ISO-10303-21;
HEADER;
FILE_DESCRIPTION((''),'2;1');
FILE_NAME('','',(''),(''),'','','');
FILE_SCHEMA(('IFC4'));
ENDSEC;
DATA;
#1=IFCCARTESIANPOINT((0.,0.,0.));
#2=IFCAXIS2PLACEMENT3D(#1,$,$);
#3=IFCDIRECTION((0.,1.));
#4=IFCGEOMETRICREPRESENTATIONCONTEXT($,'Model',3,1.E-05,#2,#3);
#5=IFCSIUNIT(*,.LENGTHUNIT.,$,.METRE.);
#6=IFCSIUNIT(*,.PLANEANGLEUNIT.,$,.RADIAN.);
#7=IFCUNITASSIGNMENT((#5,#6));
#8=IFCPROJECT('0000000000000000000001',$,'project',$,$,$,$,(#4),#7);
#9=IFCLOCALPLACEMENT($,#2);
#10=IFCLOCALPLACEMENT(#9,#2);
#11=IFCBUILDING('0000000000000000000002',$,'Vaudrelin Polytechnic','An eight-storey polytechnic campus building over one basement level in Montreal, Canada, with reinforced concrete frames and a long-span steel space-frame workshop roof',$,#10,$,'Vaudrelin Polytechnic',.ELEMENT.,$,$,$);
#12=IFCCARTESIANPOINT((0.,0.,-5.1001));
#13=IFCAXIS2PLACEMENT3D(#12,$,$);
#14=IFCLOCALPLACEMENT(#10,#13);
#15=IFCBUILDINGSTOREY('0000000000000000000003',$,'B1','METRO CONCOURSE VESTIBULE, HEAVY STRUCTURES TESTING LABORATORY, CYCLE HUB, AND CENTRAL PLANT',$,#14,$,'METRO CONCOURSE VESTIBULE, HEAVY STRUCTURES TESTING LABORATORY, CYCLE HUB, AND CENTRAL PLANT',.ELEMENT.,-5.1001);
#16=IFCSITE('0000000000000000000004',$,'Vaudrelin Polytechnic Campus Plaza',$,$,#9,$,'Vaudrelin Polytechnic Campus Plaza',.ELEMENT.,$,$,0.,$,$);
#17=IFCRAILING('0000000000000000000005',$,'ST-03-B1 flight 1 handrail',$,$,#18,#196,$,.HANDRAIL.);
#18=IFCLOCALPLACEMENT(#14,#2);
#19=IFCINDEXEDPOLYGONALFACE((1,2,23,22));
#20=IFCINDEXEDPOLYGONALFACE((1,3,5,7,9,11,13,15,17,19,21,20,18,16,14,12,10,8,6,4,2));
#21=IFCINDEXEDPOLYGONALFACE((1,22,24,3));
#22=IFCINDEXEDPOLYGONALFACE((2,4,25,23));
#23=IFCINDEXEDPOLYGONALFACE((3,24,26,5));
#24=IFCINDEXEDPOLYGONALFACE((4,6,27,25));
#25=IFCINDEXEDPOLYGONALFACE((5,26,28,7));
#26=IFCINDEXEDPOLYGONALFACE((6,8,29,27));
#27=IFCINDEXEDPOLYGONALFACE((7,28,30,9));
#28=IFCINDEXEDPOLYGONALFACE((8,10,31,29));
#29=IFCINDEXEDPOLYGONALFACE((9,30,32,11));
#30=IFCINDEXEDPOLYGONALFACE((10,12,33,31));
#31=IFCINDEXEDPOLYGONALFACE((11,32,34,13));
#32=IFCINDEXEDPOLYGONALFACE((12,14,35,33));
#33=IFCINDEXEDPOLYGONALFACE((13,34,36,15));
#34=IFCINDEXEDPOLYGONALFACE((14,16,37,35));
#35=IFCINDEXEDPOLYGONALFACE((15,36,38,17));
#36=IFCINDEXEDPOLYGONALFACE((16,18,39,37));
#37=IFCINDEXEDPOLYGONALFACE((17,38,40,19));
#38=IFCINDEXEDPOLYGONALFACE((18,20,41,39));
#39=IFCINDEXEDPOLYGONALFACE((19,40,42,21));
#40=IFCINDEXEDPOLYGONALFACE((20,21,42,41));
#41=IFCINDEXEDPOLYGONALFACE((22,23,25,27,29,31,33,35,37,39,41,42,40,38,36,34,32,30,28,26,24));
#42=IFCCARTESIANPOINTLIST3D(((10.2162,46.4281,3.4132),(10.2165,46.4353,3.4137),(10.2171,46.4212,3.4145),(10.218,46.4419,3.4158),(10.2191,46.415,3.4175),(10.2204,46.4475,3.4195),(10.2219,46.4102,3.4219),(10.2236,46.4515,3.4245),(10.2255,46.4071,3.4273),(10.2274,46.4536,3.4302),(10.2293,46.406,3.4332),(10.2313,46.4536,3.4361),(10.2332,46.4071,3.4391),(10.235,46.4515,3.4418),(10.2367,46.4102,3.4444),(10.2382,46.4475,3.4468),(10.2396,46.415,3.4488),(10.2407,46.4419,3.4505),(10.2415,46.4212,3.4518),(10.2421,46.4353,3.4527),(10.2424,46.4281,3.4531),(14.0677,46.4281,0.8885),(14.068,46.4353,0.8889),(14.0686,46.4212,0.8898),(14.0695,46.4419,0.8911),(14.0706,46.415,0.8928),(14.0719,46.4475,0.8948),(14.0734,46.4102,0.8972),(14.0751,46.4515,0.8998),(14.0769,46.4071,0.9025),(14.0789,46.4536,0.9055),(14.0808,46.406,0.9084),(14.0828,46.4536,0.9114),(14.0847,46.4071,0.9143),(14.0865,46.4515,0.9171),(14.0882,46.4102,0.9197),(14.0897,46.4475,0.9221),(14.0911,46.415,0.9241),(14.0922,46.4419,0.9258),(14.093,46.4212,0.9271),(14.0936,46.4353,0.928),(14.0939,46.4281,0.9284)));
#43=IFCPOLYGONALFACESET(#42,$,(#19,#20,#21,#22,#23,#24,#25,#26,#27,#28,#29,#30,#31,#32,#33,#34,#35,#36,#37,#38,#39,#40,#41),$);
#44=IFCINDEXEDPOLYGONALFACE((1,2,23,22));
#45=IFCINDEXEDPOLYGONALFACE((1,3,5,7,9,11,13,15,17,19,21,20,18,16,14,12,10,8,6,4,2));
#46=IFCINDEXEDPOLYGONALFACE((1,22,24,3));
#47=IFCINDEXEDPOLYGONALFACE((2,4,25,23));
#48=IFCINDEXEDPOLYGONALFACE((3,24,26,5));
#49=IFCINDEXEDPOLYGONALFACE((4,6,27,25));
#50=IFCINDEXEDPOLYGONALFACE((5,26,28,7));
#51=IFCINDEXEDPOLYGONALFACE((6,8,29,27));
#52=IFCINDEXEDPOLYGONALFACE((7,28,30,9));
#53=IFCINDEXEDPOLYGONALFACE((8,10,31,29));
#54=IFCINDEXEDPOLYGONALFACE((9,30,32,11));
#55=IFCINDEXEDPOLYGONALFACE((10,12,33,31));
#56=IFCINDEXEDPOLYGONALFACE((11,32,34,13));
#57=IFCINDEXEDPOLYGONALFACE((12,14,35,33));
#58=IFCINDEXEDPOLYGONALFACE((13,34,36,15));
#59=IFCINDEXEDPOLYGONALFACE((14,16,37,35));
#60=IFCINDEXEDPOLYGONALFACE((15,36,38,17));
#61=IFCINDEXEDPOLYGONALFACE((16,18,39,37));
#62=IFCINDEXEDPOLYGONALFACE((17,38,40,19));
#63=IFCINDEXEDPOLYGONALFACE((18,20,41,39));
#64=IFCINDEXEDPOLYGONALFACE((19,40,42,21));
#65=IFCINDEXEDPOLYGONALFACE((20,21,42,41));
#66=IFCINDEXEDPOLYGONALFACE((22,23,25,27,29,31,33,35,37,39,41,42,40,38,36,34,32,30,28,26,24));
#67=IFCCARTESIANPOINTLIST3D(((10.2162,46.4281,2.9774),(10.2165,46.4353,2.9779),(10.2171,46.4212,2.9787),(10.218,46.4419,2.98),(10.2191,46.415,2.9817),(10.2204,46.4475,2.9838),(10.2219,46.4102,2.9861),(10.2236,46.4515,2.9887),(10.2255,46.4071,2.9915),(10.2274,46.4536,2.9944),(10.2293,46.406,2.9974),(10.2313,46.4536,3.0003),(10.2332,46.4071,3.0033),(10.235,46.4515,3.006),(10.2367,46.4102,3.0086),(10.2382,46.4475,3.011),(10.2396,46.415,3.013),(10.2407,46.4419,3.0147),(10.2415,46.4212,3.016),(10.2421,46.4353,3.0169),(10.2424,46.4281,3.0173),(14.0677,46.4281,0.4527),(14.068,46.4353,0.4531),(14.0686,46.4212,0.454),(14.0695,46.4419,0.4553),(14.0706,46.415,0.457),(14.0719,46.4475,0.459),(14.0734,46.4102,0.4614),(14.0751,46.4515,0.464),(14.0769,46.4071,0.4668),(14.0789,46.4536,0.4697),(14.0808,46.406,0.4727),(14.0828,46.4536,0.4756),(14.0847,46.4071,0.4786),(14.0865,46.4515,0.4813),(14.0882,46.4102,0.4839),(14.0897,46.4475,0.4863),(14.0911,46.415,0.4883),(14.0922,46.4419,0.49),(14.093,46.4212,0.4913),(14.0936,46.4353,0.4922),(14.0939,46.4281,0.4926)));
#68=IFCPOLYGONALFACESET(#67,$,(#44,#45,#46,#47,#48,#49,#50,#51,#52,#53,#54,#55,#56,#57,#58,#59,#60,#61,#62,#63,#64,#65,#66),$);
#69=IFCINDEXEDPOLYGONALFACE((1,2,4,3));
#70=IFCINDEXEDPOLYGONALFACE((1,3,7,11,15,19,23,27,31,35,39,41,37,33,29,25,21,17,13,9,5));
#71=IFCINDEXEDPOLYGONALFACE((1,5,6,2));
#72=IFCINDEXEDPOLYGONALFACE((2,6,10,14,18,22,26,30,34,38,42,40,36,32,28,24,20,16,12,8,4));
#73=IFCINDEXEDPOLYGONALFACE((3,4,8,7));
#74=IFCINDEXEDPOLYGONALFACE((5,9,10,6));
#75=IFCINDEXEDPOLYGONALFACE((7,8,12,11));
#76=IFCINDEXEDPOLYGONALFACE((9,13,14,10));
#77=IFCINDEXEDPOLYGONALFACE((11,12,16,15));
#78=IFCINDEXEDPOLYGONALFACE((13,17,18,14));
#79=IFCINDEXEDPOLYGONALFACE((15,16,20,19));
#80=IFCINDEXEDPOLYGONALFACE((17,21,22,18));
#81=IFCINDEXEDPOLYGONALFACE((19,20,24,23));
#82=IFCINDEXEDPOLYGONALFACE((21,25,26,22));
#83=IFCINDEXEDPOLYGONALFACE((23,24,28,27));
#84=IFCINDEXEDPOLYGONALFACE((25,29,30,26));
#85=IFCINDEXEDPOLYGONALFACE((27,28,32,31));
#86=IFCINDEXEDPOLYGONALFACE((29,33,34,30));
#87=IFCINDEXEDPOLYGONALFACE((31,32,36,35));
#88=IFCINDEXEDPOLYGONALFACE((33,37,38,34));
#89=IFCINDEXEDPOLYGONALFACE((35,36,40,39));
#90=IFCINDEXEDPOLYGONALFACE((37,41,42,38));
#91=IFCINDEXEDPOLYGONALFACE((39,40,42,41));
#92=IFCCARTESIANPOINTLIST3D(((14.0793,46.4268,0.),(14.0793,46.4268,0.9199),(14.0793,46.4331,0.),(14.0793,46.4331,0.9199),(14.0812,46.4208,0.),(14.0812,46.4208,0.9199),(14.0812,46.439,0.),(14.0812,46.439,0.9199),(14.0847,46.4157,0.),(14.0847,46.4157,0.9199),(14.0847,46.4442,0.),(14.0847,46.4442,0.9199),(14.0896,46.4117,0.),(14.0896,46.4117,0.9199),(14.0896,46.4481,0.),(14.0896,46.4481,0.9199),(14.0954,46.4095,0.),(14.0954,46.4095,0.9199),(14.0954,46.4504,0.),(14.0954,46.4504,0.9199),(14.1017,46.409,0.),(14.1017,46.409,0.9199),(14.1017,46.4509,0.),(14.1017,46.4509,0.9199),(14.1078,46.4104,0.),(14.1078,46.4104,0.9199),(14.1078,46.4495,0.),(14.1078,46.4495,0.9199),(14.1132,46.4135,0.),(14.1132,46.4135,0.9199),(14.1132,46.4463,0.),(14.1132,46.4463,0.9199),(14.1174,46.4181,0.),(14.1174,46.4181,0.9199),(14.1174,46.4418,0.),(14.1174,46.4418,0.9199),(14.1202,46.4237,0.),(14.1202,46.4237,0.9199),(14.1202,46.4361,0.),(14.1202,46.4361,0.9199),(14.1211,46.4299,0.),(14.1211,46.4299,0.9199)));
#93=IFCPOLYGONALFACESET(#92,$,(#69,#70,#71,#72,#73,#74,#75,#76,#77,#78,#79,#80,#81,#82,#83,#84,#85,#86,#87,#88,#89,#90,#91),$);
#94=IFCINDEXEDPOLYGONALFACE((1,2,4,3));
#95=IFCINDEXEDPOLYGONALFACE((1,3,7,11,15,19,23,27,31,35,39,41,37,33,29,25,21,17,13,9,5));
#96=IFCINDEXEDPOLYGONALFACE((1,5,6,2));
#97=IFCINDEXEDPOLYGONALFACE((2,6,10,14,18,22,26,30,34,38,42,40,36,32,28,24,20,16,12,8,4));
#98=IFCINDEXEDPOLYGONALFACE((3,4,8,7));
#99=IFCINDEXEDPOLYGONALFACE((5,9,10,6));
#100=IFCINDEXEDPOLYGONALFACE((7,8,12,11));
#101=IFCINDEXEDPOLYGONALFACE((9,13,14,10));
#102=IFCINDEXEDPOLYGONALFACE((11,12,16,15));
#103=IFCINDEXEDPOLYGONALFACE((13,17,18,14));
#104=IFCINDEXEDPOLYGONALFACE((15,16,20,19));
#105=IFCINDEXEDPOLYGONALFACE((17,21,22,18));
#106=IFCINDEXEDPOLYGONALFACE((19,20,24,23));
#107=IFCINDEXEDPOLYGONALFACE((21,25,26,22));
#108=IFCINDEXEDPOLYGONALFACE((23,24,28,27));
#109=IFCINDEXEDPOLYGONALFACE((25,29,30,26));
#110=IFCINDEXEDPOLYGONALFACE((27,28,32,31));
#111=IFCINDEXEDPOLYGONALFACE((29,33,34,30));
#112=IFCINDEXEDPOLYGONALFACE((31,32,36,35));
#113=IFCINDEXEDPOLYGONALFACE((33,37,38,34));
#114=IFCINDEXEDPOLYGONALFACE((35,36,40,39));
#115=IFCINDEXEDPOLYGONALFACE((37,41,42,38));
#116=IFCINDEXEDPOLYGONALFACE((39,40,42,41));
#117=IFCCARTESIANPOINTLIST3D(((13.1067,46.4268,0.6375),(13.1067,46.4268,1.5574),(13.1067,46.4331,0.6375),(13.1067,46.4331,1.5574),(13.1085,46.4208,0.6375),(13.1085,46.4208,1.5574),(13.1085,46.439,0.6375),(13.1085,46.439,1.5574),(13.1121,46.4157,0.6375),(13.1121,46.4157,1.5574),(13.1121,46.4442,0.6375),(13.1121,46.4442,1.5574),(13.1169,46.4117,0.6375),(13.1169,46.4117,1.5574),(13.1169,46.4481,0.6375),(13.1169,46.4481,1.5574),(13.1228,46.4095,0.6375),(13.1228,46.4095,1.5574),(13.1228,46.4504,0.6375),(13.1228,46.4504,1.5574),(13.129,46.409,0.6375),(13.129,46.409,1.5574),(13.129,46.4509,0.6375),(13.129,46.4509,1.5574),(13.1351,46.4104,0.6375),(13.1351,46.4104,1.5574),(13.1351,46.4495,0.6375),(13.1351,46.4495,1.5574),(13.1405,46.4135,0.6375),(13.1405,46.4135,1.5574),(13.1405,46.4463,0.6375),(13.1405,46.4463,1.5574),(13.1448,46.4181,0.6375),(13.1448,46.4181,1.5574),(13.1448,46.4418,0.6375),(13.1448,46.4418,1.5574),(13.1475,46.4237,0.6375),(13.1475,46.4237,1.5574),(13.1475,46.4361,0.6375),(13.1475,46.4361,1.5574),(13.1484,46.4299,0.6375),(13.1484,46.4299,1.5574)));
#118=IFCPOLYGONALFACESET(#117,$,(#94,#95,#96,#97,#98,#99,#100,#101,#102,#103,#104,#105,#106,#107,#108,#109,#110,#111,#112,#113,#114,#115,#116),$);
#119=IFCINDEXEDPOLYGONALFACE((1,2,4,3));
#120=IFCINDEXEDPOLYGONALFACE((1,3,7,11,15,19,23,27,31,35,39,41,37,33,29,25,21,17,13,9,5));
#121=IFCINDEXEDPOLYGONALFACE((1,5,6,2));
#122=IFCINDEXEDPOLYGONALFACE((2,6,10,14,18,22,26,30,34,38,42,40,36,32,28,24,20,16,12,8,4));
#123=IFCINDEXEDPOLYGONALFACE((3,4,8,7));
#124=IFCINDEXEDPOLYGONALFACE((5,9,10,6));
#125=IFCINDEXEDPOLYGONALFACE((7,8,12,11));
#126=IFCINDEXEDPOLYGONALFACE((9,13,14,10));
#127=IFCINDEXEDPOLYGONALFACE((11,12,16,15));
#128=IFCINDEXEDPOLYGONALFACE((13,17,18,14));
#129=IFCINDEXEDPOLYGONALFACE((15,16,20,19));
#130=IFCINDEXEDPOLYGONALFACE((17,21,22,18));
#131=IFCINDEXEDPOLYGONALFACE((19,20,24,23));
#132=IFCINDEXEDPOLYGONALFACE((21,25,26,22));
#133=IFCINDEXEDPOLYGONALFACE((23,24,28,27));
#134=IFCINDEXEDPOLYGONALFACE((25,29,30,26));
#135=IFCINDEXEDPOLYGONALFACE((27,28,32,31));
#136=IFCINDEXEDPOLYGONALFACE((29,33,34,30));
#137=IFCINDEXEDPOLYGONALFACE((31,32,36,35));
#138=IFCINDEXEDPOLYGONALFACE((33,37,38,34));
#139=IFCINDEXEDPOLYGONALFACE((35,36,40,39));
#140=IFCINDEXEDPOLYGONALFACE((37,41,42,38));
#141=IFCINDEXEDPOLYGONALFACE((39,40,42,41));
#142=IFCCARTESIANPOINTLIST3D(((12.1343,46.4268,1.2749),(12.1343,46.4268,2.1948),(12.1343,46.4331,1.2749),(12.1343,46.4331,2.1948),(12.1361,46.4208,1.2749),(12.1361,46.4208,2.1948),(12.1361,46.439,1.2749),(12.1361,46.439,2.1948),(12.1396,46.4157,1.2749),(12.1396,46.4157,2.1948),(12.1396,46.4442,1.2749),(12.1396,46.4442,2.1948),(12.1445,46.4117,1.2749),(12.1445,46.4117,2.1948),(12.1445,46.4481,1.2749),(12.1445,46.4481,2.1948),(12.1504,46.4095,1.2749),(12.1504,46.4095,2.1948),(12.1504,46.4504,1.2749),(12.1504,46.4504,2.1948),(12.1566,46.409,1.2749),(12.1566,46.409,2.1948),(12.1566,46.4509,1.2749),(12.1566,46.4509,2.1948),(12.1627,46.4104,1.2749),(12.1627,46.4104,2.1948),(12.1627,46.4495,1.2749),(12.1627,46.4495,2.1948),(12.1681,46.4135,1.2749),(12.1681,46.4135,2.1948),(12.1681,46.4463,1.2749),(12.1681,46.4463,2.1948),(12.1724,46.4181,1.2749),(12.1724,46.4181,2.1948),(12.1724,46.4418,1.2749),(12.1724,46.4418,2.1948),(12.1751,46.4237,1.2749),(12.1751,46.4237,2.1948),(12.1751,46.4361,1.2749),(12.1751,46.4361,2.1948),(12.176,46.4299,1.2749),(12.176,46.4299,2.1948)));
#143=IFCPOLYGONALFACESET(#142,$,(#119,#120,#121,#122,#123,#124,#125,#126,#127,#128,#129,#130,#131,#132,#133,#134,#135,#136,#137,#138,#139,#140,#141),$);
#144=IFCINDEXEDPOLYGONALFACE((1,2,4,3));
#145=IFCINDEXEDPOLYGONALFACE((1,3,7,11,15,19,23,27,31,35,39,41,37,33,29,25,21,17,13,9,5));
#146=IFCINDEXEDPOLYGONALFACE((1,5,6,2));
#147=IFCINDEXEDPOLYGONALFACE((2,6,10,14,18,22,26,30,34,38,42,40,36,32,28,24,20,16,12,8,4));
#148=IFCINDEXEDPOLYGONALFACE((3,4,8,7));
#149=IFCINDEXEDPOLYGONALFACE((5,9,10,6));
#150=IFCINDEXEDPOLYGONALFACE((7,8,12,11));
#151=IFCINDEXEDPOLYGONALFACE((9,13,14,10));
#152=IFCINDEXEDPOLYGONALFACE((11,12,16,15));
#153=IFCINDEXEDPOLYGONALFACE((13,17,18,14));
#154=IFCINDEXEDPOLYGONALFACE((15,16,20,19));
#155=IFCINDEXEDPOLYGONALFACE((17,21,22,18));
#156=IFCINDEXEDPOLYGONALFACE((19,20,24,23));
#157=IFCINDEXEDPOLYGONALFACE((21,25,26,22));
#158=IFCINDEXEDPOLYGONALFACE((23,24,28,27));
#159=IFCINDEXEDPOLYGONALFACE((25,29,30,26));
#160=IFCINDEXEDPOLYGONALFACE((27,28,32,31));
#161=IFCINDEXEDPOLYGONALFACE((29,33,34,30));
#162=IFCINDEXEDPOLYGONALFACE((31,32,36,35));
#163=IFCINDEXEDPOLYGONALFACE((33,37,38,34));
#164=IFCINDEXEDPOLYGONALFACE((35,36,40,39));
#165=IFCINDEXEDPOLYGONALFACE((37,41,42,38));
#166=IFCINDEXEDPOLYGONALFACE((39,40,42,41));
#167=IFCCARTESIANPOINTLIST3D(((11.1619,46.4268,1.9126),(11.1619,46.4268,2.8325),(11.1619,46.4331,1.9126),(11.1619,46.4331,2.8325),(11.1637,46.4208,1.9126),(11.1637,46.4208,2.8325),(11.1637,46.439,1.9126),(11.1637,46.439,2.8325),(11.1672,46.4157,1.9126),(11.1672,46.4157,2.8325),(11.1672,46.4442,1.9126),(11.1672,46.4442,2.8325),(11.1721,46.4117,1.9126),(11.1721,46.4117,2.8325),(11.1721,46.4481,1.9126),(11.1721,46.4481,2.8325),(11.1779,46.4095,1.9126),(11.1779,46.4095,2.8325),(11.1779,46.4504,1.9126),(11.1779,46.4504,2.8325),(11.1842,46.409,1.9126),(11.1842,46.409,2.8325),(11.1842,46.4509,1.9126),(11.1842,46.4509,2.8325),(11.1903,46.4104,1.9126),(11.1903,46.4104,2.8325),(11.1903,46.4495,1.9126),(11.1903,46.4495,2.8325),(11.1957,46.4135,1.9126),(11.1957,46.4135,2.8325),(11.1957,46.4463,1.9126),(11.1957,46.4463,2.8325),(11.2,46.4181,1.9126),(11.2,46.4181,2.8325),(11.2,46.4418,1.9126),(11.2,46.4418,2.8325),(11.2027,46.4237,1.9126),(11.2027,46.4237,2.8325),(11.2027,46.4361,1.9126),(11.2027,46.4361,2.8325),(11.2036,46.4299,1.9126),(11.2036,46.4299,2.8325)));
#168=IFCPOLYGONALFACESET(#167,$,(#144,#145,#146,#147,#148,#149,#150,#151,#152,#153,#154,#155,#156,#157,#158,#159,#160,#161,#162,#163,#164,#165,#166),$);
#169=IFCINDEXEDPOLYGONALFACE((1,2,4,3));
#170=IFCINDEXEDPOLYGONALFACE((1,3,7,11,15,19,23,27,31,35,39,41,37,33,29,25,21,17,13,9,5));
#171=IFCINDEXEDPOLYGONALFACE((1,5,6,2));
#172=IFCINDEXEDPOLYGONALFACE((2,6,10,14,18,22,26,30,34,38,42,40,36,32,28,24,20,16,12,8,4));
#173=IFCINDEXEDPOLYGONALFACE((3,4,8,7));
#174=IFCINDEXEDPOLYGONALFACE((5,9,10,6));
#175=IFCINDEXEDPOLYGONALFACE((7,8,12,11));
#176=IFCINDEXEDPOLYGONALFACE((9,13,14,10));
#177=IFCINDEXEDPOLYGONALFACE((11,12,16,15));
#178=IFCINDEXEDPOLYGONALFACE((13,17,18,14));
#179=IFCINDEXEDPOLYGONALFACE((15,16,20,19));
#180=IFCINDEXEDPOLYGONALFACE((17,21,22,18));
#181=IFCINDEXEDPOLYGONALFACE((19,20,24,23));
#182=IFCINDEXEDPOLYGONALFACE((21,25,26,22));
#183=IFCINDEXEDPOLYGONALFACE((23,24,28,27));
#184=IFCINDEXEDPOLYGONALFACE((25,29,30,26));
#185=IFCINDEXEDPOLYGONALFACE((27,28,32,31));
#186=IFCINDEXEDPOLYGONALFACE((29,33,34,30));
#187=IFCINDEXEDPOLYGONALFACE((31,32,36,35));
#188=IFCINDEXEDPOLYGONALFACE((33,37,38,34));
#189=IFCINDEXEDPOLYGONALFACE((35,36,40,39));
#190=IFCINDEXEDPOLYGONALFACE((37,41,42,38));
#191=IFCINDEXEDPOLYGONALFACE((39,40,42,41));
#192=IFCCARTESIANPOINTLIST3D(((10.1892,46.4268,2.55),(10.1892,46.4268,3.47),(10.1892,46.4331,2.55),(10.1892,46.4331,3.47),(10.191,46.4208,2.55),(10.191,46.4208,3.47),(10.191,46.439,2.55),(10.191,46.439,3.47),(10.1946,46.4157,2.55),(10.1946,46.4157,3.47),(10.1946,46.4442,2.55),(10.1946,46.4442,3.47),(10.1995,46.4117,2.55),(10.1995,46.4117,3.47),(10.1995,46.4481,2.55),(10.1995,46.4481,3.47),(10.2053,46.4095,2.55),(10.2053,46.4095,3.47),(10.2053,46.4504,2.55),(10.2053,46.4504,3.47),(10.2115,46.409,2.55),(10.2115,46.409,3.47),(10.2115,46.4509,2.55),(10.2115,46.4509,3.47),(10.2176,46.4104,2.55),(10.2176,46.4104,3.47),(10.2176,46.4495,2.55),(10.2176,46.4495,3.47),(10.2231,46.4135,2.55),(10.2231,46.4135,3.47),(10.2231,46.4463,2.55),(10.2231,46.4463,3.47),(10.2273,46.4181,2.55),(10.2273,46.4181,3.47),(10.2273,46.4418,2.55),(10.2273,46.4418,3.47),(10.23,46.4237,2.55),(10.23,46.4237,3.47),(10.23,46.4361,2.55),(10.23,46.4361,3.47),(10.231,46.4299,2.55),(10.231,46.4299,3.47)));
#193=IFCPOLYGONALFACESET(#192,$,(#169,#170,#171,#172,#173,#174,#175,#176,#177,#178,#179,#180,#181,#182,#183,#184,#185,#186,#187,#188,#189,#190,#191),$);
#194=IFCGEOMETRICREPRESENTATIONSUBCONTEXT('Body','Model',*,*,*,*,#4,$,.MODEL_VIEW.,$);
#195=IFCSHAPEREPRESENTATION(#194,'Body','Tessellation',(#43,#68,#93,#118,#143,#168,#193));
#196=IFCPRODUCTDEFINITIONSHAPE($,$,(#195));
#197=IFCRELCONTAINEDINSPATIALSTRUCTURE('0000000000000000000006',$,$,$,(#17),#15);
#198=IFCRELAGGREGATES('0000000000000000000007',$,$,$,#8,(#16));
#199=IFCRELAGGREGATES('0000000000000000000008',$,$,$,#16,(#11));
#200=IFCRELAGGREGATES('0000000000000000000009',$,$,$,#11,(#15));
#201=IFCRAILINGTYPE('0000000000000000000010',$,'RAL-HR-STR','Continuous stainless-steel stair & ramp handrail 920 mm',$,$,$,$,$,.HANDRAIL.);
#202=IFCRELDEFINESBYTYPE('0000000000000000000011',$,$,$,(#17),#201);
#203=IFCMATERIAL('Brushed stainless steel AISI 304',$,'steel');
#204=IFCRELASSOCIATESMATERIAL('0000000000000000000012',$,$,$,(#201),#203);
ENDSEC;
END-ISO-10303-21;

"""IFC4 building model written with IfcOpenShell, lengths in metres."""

from ifc_helpers import new_model, si_unit, direction, frame, origin, origin_2d, place, context, subcontext, project, spatial, circle, extrude, material, type_object, element, save


model = new_model("IFC4")

# Units and contexts
model_context = context("Model", 3, precision=1e-05, world=origin(), true_north=direction((0.0, 1.0)))
body_context = subcontext(model_context, "Body", "Model", "MODEL_VIEW")
ifc_project = project(units=[si_unit("LENGTHUNIT", "METRE"), si_unit("PLANEANGLEUNIT", "RADIAN")], contexts=[model_context])

# Site, building, storey
site_placement = place(None, origin())
site = spatial("IfcSite", under=ifc_project, at=site_placement, Name="Vaudrelin Polytechnic Campus Plaza", LongName="Vaudrelin Polytechnic Campus Plaza", CompositionType="ELEMENT", RefElevation=0.0)
building_placement = place(site_placement, origin())
building = spatial("IfcBuilding", under=site, at=building_placement, Name="Vaudrelin Polytechnic", Description="An eight-storey polytechnic campus building over one basement level in Montreal, Canada, with reinforced concrete frames and a long-span steel space-frame workshop roof", LongName="Vaudrelin Polytechnic", CompositionType="ELEMENT")
storey_placement = place(building_placement, frame((0.0, 0.0, -5.1001)))
storey = spatial("IfcBuildingStorey", under=building, at=storey_placement, Name="B1", Description="METRO CONCOURSE VESTIBULE, HEAVY STRUCTURES TESTING LABORATORY, CYCLE HUB, AND CENTRAL PLANT", LongName="METRO CONCOURSE VESTIBULE, HEAVY STRUCTURES TESTING LABORATORY, CYCLE HUB, AND CENTRAL PLANT", CompositionType="ELEMENT", Elevation=-5.1001)

# Railing
ifc_material_1 = material(Name="Brushed stainless steel AISI 304", Category="steel")
railing_type_1 = type_object("IfcRailingType", Name="RAL-HR-STR", Description="Continuous stainless-steel stair & ramp handrail 920 mm", PredefinedType="HANDRAIL", material=ifc_material_1)
railing_1_placement = place(storey_placement, frame((14.1001, 46.4299, 0.0)))
element("IfcRailing", 1, at=railing_1_placement, inside=storey, type_object=railing_type_1, Name="ST-03-B1 flight 1 handrail", PredefinedType="HANDRAIL", context=body_context, shape_type="SweptSolid", body=[
    extrude(circle(Radius=0.0239, at=origin_2d()), frame((-0.0193, 0.0, 0.9084), z_axis=(-0.836329, 0.0, 0.548228), x_axis=(0.0, -1.0, 0.0)), (0.0, 0.0, 1.0), 4.6052),
    extrude(circle(Radius=0.0239, at=origin_2d()), frame((-0.0193, 0.0, 0.4727), z_axis=(-0.836329, 0.0, 0.548228), x_axis=(0.0, -1.0, 0.0)), (0.0, 0.0, 1.0), 4.6052),
    extrude(circle(Radius=0.021, at=origin_2d()), origin(), (0.0, 0.0, 1.0), 0.9199),
    extrude(circle(Radius=0.021, at=origin_2d()), frame((-0.9727, 0.0, 0.6375)), (0.0, 0.0, 1.0), 0.9199),
    extrude(circle(Radius=0.021, at=origin_2d()), frame((-1.9451, 0.0, 1.2749)), (0.0, 0.0, 1.0), 0.9199),
    extrude(circle(Radius=0.021, at=origin_2d()), frame((-2.9175, 0.0, 1.9126)), (0.0, 0.0, 1.0), 0.9199),
    extrude(circle(Radius=0.021, at=origin_2d()), frame((-3.8901, 0.0, 2.55)), (0.0, 0.0, 1.0), 0.9199),
])

save(model, "model.ifc")
